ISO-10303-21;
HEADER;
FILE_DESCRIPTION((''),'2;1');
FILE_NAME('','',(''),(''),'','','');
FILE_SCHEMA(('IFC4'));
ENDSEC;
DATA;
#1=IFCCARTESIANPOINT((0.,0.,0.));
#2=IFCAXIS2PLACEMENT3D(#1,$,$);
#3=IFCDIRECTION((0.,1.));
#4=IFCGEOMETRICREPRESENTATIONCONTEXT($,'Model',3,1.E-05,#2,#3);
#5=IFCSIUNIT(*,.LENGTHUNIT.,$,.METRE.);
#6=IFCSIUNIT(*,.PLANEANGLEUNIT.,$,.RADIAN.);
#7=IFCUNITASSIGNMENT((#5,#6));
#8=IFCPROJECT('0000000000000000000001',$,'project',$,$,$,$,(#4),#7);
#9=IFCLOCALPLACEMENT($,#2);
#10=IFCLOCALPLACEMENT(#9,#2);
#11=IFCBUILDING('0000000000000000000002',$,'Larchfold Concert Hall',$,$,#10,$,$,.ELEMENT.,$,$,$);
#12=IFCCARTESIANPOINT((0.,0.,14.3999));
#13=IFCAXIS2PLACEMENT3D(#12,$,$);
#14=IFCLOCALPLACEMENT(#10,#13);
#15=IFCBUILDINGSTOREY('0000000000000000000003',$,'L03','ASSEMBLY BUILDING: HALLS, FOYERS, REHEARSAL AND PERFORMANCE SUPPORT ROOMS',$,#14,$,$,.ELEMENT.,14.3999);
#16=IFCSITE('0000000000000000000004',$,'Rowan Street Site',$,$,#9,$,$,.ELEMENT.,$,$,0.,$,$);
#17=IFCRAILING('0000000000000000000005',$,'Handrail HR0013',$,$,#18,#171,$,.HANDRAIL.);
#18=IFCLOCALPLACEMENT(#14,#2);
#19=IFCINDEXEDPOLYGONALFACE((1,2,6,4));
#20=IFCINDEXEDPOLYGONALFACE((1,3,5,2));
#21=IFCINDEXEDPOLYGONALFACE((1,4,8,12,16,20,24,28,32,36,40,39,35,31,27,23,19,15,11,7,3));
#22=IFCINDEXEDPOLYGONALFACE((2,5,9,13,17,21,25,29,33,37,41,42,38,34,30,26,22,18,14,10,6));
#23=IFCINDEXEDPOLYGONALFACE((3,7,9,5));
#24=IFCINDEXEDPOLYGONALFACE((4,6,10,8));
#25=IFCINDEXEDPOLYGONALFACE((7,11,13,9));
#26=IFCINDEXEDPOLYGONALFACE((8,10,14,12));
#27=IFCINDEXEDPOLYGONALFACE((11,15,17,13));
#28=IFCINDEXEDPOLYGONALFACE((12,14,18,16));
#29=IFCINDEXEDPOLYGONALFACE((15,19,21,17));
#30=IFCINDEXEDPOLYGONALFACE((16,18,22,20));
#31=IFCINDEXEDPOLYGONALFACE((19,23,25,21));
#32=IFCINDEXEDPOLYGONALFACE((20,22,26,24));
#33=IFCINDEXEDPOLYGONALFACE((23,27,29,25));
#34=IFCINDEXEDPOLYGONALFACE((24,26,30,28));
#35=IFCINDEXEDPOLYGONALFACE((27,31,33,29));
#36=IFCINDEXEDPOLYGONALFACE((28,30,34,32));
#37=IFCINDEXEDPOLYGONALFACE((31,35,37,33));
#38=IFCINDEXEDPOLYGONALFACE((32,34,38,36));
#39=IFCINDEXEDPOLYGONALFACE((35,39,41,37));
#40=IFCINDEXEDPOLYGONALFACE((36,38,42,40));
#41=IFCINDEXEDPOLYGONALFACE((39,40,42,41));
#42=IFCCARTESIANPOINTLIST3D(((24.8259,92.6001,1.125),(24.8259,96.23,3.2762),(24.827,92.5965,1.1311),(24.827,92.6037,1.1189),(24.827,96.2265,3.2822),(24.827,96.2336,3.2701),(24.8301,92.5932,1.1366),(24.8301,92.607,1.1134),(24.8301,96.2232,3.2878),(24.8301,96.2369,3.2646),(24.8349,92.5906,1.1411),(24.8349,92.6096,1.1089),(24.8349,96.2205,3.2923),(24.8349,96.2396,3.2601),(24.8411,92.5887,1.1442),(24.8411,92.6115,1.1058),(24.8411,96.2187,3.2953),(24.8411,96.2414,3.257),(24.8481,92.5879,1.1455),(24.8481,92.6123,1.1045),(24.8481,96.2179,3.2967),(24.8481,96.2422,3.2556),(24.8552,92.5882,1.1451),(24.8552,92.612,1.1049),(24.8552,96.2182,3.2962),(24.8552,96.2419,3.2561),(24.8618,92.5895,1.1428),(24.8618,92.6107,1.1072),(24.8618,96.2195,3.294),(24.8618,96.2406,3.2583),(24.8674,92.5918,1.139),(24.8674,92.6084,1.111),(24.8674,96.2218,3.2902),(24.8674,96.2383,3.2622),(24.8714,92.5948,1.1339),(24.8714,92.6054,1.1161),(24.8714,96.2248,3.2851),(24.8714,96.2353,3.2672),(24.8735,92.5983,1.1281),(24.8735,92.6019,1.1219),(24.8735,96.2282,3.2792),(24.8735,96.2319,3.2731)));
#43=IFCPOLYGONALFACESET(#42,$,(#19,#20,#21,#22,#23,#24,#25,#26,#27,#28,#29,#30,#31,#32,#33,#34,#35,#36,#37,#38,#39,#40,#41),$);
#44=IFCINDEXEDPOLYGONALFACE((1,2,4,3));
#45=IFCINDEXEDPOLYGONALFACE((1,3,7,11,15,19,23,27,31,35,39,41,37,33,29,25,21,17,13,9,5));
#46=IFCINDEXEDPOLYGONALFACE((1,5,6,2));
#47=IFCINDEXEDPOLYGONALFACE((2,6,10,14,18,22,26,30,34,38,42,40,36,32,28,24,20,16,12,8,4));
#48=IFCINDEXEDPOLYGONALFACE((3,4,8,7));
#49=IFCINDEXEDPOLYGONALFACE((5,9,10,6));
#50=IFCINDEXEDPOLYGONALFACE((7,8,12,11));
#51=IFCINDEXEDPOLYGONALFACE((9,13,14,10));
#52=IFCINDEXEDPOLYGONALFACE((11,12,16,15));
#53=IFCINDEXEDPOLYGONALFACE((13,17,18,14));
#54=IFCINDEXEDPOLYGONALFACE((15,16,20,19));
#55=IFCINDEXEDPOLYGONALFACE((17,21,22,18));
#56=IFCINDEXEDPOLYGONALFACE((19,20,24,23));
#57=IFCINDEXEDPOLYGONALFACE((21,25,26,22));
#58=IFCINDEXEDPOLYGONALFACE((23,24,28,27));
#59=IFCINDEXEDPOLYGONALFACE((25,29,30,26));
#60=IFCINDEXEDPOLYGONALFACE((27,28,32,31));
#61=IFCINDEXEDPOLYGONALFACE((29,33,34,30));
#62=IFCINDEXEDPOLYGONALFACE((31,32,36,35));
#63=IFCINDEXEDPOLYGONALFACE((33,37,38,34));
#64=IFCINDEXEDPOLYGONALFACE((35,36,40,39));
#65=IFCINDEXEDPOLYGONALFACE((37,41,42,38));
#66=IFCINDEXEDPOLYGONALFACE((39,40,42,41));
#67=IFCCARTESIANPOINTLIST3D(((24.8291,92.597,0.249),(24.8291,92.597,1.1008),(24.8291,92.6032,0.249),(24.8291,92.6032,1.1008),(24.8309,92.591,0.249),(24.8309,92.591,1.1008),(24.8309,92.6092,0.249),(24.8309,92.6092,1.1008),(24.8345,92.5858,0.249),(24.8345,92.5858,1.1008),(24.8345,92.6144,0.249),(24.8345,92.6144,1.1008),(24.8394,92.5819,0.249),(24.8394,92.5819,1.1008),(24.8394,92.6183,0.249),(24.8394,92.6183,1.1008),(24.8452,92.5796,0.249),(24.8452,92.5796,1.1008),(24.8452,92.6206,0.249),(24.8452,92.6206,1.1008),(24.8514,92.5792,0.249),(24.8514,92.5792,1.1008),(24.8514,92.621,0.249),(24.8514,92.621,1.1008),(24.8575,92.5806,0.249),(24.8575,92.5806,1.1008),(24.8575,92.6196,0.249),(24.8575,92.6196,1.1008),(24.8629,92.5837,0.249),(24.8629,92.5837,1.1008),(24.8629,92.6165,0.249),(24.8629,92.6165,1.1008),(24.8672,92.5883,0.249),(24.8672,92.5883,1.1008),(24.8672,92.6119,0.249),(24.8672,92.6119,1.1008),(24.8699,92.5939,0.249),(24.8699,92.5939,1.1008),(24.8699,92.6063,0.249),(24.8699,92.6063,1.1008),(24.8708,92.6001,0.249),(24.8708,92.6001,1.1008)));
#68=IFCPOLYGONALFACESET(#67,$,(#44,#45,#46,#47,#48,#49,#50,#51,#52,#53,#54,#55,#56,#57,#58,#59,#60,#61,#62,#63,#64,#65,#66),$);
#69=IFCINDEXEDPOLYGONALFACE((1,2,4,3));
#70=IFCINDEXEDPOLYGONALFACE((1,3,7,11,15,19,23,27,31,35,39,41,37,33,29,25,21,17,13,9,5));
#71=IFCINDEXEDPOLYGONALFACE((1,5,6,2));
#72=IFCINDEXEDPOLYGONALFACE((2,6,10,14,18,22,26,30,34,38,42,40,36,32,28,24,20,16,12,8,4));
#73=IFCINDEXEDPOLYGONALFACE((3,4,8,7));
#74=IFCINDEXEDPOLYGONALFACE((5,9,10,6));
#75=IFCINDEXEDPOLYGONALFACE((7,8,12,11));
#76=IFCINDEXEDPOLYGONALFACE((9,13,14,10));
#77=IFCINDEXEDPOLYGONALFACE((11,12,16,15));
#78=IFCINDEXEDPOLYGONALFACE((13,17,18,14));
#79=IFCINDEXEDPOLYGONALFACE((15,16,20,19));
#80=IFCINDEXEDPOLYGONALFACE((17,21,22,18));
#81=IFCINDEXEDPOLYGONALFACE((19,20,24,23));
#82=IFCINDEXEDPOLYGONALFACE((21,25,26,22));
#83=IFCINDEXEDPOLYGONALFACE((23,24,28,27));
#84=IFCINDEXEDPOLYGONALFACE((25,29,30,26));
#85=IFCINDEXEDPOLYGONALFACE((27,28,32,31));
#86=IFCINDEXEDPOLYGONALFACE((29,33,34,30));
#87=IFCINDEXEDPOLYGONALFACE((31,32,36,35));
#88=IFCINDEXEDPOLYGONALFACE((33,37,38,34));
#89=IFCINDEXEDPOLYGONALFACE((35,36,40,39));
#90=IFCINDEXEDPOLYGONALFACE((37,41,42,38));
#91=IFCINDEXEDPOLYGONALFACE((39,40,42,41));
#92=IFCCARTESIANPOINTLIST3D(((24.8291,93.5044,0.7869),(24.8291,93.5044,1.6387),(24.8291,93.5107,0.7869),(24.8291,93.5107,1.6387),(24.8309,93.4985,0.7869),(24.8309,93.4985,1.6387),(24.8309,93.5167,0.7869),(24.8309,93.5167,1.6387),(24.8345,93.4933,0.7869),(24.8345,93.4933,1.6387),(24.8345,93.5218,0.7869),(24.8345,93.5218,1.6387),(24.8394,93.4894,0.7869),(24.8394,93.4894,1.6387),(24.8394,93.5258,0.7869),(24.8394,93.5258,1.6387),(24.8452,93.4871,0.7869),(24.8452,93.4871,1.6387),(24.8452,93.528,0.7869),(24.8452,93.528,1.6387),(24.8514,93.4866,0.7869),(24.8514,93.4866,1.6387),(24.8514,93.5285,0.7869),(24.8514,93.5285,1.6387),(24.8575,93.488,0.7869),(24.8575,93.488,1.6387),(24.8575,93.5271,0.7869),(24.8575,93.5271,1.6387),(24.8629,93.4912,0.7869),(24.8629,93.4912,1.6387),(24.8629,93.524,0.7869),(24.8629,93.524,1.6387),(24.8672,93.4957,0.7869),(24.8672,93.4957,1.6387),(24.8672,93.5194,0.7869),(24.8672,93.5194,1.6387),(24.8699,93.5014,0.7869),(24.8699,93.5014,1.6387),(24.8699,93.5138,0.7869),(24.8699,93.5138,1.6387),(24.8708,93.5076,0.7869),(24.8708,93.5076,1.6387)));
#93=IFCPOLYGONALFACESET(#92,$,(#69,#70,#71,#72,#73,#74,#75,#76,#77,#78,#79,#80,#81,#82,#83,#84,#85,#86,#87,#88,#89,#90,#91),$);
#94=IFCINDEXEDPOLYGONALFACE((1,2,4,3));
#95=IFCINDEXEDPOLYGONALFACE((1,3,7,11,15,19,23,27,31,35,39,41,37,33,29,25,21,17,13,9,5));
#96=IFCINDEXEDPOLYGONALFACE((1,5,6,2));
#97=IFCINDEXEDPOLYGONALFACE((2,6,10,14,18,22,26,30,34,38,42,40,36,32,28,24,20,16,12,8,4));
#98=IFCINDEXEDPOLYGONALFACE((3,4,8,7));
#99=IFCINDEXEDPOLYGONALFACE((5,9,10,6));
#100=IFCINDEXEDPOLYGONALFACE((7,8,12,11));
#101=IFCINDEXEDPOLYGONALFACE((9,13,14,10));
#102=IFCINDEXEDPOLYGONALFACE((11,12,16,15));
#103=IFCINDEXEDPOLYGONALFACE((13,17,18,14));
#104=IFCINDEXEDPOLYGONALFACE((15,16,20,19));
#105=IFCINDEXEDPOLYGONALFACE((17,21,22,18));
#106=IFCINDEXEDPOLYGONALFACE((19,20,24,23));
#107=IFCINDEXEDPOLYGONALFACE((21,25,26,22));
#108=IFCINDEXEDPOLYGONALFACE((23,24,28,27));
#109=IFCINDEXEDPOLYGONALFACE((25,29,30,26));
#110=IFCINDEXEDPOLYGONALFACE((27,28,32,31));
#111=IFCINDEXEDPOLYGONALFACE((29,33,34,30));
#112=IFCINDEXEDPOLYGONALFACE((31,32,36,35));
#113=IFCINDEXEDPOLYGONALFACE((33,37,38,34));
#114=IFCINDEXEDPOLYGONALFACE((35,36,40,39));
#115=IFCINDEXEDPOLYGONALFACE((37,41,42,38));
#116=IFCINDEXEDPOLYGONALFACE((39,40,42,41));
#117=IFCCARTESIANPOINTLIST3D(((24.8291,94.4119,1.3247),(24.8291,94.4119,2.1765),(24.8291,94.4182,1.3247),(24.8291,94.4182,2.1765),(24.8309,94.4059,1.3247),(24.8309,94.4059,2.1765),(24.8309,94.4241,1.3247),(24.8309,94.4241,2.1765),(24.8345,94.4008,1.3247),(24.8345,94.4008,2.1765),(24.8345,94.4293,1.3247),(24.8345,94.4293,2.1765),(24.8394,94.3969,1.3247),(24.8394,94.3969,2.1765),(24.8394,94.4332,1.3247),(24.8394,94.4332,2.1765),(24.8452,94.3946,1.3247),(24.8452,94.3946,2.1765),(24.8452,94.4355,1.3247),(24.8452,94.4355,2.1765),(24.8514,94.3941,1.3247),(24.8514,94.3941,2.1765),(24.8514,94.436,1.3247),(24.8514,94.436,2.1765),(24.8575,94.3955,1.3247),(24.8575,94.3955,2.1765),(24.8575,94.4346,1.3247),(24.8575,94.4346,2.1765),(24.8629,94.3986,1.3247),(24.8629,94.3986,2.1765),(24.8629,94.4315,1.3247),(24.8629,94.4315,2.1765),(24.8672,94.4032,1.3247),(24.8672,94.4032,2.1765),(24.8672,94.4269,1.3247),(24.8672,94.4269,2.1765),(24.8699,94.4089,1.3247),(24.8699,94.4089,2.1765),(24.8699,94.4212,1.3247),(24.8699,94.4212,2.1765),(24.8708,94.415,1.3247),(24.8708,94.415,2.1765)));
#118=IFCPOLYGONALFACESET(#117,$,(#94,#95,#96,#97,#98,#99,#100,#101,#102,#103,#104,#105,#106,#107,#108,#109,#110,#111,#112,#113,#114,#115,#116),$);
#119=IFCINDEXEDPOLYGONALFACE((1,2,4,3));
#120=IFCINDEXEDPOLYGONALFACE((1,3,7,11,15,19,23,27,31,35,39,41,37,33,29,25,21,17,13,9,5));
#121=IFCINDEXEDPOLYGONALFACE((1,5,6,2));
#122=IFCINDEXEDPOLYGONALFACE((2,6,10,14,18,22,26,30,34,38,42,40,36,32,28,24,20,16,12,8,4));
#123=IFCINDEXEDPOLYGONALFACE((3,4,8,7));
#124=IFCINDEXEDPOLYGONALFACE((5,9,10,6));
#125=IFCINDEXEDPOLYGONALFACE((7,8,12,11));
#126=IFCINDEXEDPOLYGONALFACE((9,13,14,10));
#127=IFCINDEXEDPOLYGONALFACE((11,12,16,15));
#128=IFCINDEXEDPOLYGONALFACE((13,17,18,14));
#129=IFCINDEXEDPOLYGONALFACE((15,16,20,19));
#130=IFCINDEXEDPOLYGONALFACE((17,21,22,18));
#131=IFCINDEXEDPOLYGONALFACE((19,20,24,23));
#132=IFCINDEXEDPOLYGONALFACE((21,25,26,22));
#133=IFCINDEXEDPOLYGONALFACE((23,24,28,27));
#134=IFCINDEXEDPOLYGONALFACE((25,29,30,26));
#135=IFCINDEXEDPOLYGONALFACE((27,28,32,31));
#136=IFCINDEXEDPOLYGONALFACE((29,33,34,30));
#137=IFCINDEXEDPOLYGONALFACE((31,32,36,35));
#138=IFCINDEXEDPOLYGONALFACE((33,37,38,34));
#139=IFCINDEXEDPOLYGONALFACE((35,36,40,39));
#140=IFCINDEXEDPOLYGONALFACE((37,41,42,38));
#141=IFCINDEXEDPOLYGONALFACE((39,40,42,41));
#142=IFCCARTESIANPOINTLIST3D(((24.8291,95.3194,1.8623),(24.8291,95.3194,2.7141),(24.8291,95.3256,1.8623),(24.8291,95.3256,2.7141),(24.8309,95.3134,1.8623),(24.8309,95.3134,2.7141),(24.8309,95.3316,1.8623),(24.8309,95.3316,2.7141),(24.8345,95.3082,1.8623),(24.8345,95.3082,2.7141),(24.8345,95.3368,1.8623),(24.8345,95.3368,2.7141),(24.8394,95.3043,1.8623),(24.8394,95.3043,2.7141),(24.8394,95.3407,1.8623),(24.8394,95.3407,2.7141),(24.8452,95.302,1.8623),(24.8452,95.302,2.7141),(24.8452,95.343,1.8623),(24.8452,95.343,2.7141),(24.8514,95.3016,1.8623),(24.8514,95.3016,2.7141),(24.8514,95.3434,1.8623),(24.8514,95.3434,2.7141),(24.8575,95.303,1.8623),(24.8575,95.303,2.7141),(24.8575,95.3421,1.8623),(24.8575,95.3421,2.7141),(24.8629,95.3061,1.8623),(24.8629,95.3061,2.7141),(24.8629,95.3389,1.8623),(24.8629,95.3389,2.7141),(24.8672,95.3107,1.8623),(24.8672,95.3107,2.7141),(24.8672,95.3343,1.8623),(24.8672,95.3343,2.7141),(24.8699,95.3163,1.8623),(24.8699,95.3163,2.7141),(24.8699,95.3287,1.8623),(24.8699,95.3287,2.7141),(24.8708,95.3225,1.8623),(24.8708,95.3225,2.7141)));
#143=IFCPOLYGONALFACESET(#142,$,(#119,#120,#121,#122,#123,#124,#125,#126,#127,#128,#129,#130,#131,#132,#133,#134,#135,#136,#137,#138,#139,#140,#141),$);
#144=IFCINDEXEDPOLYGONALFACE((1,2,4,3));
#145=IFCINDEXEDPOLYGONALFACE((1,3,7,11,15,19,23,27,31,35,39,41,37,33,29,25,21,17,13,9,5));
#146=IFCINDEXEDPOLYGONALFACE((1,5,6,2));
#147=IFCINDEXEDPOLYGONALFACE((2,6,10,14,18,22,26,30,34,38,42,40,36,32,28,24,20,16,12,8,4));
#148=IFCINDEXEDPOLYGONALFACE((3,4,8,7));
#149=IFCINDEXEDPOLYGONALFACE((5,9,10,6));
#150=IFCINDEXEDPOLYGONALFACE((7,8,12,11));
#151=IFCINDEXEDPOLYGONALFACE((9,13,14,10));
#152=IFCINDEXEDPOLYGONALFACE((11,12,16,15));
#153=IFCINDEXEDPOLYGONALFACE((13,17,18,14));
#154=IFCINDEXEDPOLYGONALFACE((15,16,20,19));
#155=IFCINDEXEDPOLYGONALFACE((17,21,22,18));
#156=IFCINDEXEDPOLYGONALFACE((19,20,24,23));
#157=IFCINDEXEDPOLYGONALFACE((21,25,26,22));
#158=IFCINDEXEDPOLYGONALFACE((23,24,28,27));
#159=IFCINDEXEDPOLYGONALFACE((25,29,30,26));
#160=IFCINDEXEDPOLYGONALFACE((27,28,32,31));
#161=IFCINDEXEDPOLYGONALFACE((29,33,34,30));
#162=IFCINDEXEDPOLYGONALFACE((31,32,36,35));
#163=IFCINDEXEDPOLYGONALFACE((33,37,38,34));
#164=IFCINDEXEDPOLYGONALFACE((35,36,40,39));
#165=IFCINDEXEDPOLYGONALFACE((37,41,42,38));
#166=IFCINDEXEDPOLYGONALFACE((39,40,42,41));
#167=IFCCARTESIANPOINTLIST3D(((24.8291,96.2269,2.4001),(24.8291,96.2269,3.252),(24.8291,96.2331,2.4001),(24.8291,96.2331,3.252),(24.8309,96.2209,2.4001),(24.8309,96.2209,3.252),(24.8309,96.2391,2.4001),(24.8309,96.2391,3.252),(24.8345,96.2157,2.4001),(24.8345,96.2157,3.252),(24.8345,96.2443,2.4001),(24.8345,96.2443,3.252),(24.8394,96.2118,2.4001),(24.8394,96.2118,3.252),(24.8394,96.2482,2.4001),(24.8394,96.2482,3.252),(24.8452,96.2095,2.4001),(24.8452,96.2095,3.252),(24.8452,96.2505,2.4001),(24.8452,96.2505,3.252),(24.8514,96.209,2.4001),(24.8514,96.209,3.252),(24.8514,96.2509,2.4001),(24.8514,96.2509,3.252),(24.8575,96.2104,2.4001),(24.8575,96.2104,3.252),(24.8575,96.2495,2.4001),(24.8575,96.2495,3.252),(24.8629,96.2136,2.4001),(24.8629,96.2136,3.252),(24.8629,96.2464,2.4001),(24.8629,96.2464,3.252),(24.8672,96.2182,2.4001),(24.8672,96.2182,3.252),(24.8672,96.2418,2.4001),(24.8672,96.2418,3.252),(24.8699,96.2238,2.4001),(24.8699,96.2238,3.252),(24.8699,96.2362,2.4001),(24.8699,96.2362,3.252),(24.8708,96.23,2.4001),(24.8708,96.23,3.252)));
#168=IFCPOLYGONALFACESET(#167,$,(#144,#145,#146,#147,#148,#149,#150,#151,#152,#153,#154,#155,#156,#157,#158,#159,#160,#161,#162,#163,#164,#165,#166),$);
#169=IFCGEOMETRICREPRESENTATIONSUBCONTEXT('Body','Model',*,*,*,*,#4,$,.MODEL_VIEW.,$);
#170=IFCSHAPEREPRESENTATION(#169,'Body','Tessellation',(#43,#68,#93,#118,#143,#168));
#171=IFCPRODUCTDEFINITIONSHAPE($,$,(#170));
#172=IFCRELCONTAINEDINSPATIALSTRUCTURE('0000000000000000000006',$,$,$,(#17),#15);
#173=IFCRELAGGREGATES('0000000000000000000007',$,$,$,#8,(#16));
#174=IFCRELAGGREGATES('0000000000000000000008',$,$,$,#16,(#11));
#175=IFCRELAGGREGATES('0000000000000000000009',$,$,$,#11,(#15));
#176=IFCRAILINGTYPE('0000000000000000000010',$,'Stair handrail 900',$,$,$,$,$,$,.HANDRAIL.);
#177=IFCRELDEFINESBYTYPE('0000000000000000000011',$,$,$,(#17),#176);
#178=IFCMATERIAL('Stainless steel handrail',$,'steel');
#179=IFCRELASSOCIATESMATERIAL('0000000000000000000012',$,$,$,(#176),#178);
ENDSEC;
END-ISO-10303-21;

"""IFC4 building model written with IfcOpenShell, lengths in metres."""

from ifc_helpers import new_model, si_unit, direction, frame, origin, origin_2d, place, context, subcontext, project, spatial, circle, extrude, material, type_object, element, save


model = new_model("IFC4")

# Units and contexts
model_context = context("Model", 3, precision=1e-05, world=origin(), true_north=direction((0.0, 1.0)))
body_context = subcontext(model_context, "Body", "Model", "MODEL_VIEW")
ifc_project = project(units=[si_unit("LENGTHUNIT", "METRE"), si_unit("PLANEANGLEUNIT", "RADIAN")], contexts=[model_context])

# Site, building, storey
site_placement = place(None, origin())
site = spatial("IfcSite", under=ifc_project, at=site_placement, Name="Rowan Street Site", CompositionType="ELEMENT", RefElevation=0.0)
building_placement = place(site_placement, origin())
building = spatial("IfcBuilding", under=site, at=building_placement, Name="Larchfold Concert Hall", CompositionType="ELEMENT")
storey_placement = place(building_placement, frame((0.0, 0.0, 14.3999)))
storey = spatial("IfcBuildingStorey", under=building, at=storey_placement, Name="L03", Description="ASSEMBLY BUILDING: HALLS, FOYERS, REHEARSAL AND PERFORMANCE SUPPORT ROOMS", CompositionType="ELEMENT", Elevation=14.3999)

# Railing
ifc_material_1 = material(Name="Stainless steel handrail", Category="steel")
railing_type_1 = type_object("IfcRailingType", Name="Stair handrail 900", PredefinedType="HANDRAIL", material=ifc_material_1)
railing_1_placement = place(storey_placement, frame((24.8499, 92.6001, 0.249)))
element("IfcRailing", 1, at=railing_1_placement, inside=storey, type_object=railing_type_1, Name="Handrail HR0013", PredefinedType="HANDRAIL", context=body_context, shape_type="SweptSolid", body=[
    extrude(circle(Radius=0.0239, at=origin_2d()), frame((0.0, 0.0, 0.876), z_axis=(0.0, 0.860283, 0.509817), x_axis=(-1.0, 0.0, 0.0)), (0.0, 0.0, 1.0), 4.2195),
    extrude(circle(Radius=0.021, at=origin_2d()), origin(), (0.0, 0.0, 1.0), 0.8518),
    extrude(circle(Radius=0.021, at=origin_2d()), frame((0.0, 0.9075, 0.5378)), (0.0, 0.0, 1.0), 0.8518),
    extrude(circle(Radius=0.021, at=origin_2d()), frame((0.0, 1.8149, 1.0757)), (0.0, 0.0, 1.0), 0.8518),
    extrude(circle(Radius=0.021, at=origin_2d()), frame((0.0, 2.7224, 1.6133)), (0.0, 0.0, 1.0), 0.8518),
    extrude(circle(Radius=0.021, at=origin_2d()), frame((0.0, 3.6299, 2.1511)), (0.0, 0.0, 1.0), 0.8518),
])

save(model, "model.ifc")
